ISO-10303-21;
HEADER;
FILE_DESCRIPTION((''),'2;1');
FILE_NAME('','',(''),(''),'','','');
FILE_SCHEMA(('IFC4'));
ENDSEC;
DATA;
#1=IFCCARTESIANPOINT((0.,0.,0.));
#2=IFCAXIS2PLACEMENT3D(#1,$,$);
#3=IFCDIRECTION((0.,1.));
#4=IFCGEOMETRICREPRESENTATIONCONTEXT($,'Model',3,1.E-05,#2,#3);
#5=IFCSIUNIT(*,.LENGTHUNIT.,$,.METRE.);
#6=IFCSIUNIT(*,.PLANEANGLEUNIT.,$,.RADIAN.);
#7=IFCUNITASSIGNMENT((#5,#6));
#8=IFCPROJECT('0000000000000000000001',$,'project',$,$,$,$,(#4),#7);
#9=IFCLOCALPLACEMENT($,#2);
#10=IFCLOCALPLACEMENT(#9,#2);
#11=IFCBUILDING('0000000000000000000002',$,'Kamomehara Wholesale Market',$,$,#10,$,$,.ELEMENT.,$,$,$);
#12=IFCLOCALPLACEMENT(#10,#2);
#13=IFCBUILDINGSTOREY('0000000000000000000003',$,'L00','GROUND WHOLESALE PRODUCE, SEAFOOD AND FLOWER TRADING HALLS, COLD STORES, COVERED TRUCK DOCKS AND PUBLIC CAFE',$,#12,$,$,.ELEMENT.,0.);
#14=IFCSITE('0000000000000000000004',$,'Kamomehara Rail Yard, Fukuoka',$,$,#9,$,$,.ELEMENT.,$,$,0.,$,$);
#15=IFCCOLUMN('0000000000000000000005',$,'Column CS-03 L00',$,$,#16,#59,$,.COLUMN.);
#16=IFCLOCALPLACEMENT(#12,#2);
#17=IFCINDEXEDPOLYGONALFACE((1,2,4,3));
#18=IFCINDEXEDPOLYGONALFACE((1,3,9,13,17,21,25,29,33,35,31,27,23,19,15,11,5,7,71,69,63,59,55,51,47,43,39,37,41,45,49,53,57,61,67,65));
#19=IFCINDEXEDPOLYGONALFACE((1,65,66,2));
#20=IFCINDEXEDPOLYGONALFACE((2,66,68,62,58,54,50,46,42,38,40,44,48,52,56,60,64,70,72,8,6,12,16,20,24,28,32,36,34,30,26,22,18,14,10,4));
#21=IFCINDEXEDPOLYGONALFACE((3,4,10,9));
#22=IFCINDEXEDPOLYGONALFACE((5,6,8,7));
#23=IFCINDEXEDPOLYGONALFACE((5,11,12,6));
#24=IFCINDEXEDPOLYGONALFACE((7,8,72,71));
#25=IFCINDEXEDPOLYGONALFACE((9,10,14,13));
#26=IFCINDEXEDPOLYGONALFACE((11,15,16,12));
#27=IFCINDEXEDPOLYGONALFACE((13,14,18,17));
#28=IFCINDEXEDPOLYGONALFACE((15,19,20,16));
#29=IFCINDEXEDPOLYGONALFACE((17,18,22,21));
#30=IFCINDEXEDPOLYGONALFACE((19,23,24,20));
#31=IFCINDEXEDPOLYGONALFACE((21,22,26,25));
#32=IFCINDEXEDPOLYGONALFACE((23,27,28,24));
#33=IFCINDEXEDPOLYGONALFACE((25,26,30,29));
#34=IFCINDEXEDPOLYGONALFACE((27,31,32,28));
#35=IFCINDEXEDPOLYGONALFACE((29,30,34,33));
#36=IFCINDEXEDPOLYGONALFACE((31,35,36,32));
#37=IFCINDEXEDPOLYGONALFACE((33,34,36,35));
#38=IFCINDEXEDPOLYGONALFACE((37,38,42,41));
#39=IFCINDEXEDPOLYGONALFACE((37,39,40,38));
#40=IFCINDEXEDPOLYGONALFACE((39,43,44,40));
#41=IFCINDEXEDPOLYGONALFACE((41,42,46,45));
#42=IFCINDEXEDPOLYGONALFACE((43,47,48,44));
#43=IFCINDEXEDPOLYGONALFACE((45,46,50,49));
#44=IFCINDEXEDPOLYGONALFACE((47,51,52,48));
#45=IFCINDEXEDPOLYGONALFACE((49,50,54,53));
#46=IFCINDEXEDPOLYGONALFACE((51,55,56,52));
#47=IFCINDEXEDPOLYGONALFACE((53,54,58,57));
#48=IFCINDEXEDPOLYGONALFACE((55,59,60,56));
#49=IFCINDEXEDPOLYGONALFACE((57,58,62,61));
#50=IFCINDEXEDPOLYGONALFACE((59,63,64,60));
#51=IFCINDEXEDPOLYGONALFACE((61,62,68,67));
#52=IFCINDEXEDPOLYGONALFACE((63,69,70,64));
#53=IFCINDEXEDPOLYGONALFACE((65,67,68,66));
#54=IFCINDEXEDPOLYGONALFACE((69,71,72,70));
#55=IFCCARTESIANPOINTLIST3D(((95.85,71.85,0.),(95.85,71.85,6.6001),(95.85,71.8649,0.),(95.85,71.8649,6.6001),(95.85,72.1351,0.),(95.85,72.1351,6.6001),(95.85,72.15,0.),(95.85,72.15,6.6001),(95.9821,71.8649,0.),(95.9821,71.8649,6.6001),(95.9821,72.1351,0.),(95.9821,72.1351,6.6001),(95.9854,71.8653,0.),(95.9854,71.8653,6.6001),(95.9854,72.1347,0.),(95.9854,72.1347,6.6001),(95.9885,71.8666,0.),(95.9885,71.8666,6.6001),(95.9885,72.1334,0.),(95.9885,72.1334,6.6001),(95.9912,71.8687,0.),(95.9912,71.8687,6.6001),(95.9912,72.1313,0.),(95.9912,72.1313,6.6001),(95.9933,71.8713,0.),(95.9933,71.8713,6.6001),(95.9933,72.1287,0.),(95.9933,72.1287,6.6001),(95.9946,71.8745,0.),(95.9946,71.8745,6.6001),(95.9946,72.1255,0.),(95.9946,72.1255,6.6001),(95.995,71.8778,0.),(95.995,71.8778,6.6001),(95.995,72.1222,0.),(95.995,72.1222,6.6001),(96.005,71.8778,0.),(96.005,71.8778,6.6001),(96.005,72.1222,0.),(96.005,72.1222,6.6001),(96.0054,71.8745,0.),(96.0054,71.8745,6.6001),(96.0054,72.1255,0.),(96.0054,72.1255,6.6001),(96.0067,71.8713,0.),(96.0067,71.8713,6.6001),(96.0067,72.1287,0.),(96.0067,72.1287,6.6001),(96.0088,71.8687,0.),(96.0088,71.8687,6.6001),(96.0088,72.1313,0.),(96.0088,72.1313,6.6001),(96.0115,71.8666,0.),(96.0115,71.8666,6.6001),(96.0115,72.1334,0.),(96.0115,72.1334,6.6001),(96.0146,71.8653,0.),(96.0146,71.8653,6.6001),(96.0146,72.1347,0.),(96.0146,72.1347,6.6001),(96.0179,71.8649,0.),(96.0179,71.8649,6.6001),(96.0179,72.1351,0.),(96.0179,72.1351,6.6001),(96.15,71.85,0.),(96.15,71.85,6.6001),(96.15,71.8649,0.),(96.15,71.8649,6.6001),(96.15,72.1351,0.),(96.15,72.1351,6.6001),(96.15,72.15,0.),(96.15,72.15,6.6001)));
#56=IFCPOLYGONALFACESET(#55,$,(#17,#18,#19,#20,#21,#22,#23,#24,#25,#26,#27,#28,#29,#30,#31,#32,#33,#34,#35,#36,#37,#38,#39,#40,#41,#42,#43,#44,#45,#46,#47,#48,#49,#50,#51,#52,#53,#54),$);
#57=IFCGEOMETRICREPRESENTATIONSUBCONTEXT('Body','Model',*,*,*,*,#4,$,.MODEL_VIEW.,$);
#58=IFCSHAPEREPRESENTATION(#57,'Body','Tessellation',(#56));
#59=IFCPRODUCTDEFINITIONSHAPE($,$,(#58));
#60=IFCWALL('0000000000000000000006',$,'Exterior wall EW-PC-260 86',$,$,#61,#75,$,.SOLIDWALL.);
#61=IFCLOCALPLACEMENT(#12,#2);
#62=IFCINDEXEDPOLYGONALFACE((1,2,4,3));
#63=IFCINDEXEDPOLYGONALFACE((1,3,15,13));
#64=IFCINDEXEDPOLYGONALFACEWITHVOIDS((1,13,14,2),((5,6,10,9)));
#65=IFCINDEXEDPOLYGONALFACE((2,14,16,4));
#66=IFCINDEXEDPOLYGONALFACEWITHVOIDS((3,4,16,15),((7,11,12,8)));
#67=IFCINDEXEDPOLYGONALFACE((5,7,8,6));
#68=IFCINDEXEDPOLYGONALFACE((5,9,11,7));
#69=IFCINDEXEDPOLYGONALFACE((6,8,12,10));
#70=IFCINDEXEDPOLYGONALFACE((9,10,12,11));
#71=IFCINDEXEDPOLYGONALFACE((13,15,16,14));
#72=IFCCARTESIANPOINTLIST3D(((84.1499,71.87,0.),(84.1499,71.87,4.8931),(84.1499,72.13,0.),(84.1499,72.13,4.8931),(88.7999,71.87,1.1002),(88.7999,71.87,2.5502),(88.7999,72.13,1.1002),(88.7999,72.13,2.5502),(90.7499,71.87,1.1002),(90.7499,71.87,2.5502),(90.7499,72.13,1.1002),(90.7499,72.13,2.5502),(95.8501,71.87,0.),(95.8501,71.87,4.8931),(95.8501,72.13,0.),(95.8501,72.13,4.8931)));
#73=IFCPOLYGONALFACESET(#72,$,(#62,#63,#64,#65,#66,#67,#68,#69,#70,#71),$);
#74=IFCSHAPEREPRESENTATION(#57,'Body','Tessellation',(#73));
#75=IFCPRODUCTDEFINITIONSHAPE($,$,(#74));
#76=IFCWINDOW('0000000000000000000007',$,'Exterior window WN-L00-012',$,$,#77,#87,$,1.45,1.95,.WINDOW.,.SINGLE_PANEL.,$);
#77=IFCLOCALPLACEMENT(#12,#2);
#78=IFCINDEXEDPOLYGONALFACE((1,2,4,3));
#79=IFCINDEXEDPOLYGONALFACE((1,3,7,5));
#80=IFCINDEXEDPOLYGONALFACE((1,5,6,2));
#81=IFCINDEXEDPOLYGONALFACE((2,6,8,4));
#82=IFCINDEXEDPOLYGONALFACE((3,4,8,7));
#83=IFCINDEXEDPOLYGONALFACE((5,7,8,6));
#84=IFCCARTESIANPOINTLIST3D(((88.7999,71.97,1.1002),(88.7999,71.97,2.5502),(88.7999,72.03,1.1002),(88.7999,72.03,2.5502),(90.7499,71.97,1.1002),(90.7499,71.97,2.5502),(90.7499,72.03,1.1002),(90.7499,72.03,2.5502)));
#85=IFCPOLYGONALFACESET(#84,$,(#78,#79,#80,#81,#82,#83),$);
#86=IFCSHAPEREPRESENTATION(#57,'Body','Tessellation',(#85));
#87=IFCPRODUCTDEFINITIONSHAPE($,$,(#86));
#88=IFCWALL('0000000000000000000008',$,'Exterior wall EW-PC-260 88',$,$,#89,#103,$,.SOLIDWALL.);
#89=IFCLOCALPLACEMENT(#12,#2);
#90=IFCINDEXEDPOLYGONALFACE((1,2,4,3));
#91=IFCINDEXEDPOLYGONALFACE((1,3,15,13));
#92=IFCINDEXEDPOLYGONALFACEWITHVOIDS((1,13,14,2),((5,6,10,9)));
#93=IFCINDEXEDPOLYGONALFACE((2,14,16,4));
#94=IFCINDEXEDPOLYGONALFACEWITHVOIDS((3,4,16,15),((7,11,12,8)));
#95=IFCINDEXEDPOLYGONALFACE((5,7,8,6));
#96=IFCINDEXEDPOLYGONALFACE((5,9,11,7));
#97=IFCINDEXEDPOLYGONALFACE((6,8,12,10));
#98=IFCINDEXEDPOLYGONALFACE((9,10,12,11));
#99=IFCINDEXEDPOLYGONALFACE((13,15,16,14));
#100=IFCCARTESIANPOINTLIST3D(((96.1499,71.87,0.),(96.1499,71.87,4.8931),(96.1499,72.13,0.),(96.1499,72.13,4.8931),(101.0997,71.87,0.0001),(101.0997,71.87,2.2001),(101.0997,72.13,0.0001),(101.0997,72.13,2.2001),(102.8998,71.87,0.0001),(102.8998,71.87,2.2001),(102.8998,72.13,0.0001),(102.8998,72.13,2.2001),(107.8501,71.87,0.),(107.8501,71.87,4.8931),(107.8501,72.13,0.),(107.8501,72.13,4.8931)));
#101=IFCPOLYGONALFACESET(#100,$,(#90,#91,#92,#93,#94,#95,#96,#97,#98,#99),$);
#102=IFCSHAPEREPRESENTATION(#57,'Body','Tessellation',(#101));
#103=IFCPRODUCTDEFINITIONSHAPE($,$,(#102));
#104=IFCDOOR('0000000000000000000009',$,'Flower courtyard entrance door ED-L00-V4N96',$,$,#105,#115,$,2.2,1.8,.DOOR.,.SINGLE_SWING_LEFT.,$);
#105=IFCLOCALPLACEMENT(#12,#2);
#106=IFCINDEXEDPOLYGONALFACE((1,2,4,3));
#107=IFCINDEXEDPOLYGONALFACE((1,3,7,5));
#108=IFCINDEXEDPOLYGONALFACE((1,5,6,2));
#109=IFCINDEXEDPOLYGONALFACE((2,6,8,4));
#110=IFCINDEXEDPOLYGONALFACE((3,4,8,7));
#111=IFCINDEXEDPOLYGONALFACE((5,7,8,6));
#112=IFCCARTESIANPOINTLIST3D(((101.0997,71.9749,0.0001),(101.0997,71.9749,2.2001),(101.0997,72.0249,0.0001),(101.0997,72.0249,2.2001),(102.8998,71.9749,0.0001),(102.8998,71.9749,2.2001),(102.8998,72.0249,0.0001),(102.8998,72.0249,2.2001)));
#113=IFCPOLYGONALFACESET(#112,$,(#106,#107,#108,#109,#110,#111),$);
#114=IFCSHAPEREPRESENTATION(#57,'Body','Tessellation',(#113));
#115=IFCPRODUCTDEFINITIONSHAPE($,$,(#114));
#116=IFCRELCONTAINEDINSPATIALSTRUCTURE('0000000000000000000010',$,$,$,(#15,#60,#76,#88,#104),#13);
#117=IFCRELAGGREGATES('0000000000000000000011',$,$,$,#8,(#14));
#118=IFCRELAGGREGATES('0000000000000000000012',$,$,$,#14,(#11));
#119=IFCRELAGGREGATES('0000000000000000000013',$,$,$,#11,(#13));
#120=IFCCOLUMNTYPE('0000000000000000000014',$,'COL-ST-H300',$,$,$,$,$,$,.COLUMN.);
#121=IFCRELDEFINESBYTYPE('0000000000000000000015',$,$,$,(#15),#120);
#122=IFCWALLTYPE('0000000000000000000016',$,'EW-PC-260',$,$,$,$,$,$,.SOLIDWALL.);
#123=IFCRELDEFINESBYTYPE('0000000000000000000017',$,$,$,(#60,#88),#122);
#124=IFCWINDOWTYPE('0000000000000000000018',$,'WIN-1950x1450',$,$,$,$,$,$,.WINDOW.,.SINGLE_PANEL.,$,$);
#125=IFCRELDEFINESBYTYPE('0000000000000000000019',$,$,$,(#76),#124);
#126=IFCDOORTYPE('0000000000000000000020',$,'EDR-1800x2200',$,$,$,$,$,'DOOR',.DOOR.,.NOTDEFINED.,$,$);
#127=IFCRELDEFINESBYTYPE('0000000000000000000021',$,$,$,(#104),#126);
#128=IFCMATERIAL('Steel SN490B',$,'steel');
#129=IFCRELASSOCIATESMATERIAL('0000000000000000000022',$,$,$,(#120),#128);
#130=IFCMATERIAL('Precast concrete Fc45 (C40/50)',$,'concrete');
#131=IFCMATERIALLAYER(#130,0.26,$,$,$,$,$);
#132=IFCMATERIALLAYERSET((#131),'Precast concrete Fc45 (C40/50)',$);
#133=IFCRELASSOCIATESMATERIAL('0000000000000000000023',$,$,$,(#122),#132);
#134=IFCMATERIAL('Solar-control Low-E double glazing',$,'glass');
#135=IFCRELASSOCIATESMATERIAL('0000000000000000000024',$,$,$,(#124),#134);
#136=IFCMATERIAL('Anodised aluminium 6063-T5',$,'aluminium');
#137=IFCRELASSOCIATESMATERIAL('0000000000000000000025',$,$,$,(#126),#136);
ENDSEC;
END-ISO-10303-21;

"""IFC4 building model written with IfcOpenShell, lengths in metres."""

from ifc_helpers import new_model, si_unit, direction, frame, frame_2d, origin, origin_2d, place, context, subcontext, project, spatial, rectangle, i_section, extrude, material, layer, layer_set, material_profile, profile_set, type_object, element, fill, save


model = new_model("IFC4")

# Units and contexts
model_context = context("Model", 3, precision=1e-05, world=origin(), true_north=direction((0.0, 1.0)))
body_context = subcontext(model_context, "Body", "Model", "MODEL_VIEW")
ifc_project = project(units=[si_unit("LENGTHUNIT", "METRE"), si_unit("PLANEANGLEUNIT", "RADIAN")], contexts=[model_context])

# Site, building, storey
site_placement = place(None, origin())
site = spatial("IfcSite", under=ifc_project, at=site_placement, Name="Kamomehara Rail Yard, Fukuoka", CompositionType="ELEMENT", RefElevation=0.0)
building_placement = place(site_placement, origin())
building = spatial("IfcBuilding", under=site, at=building_placement, Name="Kamomehara Wholesale Market", CompositionType="ELEMENT")
storey_placement = place(building_placement, origin())
storey = spatial("IfcBuildingStorey", under=building, at=storey_placement, Name="L00", Description="GROUND WHOLESALE PRODUCE, SEAFOOD AND FLOWER TRADING HALLS, COLD STORES, COVERED TRUCK DOCKS AND PUBLIC CAFE", CompositionType="ELEMENT", Elevation=0.0)

# Column
ifc_material_1 = material(Name="Steel SN490B", Category="steel")
ifc_material_profile_1 = material_profile(ifc_material_1, i_section(OverallWidth=0.3, OverallDepth=0.3, WebThickness=0.01, FlangeThickness=0.0149, FilletRadius=0.0129, at=origin_2d()), Name="H-300x300x10x15")
ifc_profile_set_1 = profile_set([ifc_material_profile_1], Name="Steel SN490B")
column_type_1 = type_object("IfcColumnType", Name="COL-ST-H300", PredefinedType="COLUMN", material=ifc_profile_set_1)
for number, where, z_axis, x_axis, name in (
    (1, (96.0, 72.0, 0.0), (0.0, 0.0, 1.0), (1.0, 0.0, 0.0), "Column CS-03 L00"),
):
    element("IfcColumn", number, at=place(storey_placement, frame(where, z_axis=z_axis, x_axis=x_axis)), inside=storey, type_object=column_type_1, Name=name, PredefinedType="COLUMN", context=body_context, shape_type="SweptSolid", body=[
        extrude(i_section(OverallWidth=0.3, OverallDepth=0.3, WebThickness=0.01, FlangeThickness=0.0149, FilletRadius=0.0129, at=origin_2d()), origin(), (0.0, 0.0, 1.0), 6.6001),
    ])

# Wall, opening, window
ifc_material_2 = material(Name="Precast concrete Fc45 (C40/50)", Category="concrete")
ifc_layer = layer(ifc_material_2, 0.26)
ifc_layer_set = layer_set([ifc_layer], Name="Precast concrete Fc45 (C40/50)")
wall_type = type_object("IfcWallType", Name="EW-PC-260", PredefinedType="SOLIDWALL", material=ifc_layer_set)
wall_1_placement = place(storey_placement, frame((84.1499, 72.0, 0.0), z_axis=(0.0, 0.0, 1.0), x_axis=(1.0, 0.0, 0.0)))
wall_1 = element("IfcWall", 2, at=wall_1_placement, inside=storey, type_object=wall_type, Name="Exterior wall EW-PC-260 86", PredefinedType="SOLIDWALL", context=body_context, shape_type="SweptSolid", body=[
    extrude(rectangle(XDim=11.7002, YDim=0.26, at=frame_2d((5.8501, 0.0))), origin(), (0.0, 0.0, 1.0), 4.8931),
])
opening_1_placement = place(wall_1_placement, frame((4.6499, 0.0, 1.1001)))
opening_1 = element("IfcOpeningElement", 3, at=opening_1_placement, cuts=wall_1, PredefinedType="OPENING", context=body_context, shape_type="SweptSolid", body=[
    extrude(rectangle(XDim=1.95, YDim=1.45, at=frame_2d((0.9751, 0.7251))), frame((0.0, 0.145, 0.0), z_axis=(0.0, -1.0, 0.0), x_axis=(1.0, 0.0, 0.0)), (0.0, 0.0, 1.0), 0.2898),
])
ifc_material_3 = material(Name="Solar-control Low-E double glazing", Category="glass")
window_type = type_object("IfcWindowType", Name="WIN-1950x1450", PartitioningType="SINGLE_PANEL", PredefinedType="WINDOW", material=ifc_material_3)
window_placement = place(opening_1_placement, origin())
window = element("IfcWindow", 4, at=window_placement, inside=storey, type_object=window_type, Name="Exterior window WN-L00-012", OverallHeight=1.45, OverallWidth=1.95, PartitioningType="SINGLE_PANEL", PredefinedType="WINDOW", context=body_context, shape_type="SweptSolid", body=[
    extrude(rectangle(XDim=1.95, YDim=1.45, at=frame_2d((0.9751, 0.7251))), frame((0.0, 0.03, 0.0), z_axis=(0.0, -1.0, 0.0), x_axis=(1.0, 0.0, 0.0)), (0.0, 0.0, 1.0), 0.0601),
])
fill(opening_1, window)

# Wall, opening, door
wall_2_placement = place(storey_placement, frame((96.1499, 72.0, 0.0), z_axis=(0.0, 0.0, 1.0), x_axis=(1.0, 0.0, 0.0)))
wall_2 = element("IfcWall", 5, at=wall_2_placement, inside=storey, type_object=wall_type, Name="Exterior wall EW-PC-260 88", PredefinedType="SOLIDWALL", context=body_context, shape_type="SweptSolid", body=[
    extrude(rectangle(XDim=11.7002, YDim=0.26, at=frame_2d((5.8501, 0.0))), origin(), (0.0, 0.0, 1.0), 4.8931),
])
opening_2_placement = place(wall_2_placement, frame((4.95, 0.0, 0.0)))
opening_2 = element("IfcOpeningElement", 6, at=opening_2_placement, cuts=wall_2, PredefinedType="OPENING", context=body_context, shape_type="SweptSolid", body=[
    extrude(rectangle(XDim=1.8, YDim=2.2, at=frame_2d((0.8999, 1.1001))), frame((0.0, 0.145, 0.0), z_axis=(0.0, -1.0, 0.0), x_axis=(1.0, 0.0, 0.0)), (0.0, 0.0, 1.0), 0.2898),
])
ifc_material_4 = material(Name="Anodised aluminium 6063-T5", Category="aluminium")
door_type = type_object("IfcDoorType", Name="EDR-1800x2200", ElementType="DOOR", OperationType="NOTDEFINED", PredefinedType="DOOR", material=ifc_material_4)
door_placement = place(opening_2_placement, origin())
door = element("IfcDoor", 7, at=door_placement, inside=storey, type_object=door_type, Name="Flower courtyard entrance door ED-L00-V4N96", OperationType="SINGLE_SWING_LEFT", OverallHeight=2.2, OverallWidth=1.8, PredefinedType="DOOR", context=body_context, shape_type="SweptSolid", body=[
    extrude(rectangle(XDim=1.8, YDim=2.2, at=frame_2d((0.8999, 1.1001))), frame((0.0, 0.0249, 0.0), z_axis=(0.0, -1.0, 0.0), x_axis=(1.0, 0.0, 0.0)), (0.0, 0.0, 1.0), 0.05),
])
fill(opening_2, door)

save(model, "model.ifc")
